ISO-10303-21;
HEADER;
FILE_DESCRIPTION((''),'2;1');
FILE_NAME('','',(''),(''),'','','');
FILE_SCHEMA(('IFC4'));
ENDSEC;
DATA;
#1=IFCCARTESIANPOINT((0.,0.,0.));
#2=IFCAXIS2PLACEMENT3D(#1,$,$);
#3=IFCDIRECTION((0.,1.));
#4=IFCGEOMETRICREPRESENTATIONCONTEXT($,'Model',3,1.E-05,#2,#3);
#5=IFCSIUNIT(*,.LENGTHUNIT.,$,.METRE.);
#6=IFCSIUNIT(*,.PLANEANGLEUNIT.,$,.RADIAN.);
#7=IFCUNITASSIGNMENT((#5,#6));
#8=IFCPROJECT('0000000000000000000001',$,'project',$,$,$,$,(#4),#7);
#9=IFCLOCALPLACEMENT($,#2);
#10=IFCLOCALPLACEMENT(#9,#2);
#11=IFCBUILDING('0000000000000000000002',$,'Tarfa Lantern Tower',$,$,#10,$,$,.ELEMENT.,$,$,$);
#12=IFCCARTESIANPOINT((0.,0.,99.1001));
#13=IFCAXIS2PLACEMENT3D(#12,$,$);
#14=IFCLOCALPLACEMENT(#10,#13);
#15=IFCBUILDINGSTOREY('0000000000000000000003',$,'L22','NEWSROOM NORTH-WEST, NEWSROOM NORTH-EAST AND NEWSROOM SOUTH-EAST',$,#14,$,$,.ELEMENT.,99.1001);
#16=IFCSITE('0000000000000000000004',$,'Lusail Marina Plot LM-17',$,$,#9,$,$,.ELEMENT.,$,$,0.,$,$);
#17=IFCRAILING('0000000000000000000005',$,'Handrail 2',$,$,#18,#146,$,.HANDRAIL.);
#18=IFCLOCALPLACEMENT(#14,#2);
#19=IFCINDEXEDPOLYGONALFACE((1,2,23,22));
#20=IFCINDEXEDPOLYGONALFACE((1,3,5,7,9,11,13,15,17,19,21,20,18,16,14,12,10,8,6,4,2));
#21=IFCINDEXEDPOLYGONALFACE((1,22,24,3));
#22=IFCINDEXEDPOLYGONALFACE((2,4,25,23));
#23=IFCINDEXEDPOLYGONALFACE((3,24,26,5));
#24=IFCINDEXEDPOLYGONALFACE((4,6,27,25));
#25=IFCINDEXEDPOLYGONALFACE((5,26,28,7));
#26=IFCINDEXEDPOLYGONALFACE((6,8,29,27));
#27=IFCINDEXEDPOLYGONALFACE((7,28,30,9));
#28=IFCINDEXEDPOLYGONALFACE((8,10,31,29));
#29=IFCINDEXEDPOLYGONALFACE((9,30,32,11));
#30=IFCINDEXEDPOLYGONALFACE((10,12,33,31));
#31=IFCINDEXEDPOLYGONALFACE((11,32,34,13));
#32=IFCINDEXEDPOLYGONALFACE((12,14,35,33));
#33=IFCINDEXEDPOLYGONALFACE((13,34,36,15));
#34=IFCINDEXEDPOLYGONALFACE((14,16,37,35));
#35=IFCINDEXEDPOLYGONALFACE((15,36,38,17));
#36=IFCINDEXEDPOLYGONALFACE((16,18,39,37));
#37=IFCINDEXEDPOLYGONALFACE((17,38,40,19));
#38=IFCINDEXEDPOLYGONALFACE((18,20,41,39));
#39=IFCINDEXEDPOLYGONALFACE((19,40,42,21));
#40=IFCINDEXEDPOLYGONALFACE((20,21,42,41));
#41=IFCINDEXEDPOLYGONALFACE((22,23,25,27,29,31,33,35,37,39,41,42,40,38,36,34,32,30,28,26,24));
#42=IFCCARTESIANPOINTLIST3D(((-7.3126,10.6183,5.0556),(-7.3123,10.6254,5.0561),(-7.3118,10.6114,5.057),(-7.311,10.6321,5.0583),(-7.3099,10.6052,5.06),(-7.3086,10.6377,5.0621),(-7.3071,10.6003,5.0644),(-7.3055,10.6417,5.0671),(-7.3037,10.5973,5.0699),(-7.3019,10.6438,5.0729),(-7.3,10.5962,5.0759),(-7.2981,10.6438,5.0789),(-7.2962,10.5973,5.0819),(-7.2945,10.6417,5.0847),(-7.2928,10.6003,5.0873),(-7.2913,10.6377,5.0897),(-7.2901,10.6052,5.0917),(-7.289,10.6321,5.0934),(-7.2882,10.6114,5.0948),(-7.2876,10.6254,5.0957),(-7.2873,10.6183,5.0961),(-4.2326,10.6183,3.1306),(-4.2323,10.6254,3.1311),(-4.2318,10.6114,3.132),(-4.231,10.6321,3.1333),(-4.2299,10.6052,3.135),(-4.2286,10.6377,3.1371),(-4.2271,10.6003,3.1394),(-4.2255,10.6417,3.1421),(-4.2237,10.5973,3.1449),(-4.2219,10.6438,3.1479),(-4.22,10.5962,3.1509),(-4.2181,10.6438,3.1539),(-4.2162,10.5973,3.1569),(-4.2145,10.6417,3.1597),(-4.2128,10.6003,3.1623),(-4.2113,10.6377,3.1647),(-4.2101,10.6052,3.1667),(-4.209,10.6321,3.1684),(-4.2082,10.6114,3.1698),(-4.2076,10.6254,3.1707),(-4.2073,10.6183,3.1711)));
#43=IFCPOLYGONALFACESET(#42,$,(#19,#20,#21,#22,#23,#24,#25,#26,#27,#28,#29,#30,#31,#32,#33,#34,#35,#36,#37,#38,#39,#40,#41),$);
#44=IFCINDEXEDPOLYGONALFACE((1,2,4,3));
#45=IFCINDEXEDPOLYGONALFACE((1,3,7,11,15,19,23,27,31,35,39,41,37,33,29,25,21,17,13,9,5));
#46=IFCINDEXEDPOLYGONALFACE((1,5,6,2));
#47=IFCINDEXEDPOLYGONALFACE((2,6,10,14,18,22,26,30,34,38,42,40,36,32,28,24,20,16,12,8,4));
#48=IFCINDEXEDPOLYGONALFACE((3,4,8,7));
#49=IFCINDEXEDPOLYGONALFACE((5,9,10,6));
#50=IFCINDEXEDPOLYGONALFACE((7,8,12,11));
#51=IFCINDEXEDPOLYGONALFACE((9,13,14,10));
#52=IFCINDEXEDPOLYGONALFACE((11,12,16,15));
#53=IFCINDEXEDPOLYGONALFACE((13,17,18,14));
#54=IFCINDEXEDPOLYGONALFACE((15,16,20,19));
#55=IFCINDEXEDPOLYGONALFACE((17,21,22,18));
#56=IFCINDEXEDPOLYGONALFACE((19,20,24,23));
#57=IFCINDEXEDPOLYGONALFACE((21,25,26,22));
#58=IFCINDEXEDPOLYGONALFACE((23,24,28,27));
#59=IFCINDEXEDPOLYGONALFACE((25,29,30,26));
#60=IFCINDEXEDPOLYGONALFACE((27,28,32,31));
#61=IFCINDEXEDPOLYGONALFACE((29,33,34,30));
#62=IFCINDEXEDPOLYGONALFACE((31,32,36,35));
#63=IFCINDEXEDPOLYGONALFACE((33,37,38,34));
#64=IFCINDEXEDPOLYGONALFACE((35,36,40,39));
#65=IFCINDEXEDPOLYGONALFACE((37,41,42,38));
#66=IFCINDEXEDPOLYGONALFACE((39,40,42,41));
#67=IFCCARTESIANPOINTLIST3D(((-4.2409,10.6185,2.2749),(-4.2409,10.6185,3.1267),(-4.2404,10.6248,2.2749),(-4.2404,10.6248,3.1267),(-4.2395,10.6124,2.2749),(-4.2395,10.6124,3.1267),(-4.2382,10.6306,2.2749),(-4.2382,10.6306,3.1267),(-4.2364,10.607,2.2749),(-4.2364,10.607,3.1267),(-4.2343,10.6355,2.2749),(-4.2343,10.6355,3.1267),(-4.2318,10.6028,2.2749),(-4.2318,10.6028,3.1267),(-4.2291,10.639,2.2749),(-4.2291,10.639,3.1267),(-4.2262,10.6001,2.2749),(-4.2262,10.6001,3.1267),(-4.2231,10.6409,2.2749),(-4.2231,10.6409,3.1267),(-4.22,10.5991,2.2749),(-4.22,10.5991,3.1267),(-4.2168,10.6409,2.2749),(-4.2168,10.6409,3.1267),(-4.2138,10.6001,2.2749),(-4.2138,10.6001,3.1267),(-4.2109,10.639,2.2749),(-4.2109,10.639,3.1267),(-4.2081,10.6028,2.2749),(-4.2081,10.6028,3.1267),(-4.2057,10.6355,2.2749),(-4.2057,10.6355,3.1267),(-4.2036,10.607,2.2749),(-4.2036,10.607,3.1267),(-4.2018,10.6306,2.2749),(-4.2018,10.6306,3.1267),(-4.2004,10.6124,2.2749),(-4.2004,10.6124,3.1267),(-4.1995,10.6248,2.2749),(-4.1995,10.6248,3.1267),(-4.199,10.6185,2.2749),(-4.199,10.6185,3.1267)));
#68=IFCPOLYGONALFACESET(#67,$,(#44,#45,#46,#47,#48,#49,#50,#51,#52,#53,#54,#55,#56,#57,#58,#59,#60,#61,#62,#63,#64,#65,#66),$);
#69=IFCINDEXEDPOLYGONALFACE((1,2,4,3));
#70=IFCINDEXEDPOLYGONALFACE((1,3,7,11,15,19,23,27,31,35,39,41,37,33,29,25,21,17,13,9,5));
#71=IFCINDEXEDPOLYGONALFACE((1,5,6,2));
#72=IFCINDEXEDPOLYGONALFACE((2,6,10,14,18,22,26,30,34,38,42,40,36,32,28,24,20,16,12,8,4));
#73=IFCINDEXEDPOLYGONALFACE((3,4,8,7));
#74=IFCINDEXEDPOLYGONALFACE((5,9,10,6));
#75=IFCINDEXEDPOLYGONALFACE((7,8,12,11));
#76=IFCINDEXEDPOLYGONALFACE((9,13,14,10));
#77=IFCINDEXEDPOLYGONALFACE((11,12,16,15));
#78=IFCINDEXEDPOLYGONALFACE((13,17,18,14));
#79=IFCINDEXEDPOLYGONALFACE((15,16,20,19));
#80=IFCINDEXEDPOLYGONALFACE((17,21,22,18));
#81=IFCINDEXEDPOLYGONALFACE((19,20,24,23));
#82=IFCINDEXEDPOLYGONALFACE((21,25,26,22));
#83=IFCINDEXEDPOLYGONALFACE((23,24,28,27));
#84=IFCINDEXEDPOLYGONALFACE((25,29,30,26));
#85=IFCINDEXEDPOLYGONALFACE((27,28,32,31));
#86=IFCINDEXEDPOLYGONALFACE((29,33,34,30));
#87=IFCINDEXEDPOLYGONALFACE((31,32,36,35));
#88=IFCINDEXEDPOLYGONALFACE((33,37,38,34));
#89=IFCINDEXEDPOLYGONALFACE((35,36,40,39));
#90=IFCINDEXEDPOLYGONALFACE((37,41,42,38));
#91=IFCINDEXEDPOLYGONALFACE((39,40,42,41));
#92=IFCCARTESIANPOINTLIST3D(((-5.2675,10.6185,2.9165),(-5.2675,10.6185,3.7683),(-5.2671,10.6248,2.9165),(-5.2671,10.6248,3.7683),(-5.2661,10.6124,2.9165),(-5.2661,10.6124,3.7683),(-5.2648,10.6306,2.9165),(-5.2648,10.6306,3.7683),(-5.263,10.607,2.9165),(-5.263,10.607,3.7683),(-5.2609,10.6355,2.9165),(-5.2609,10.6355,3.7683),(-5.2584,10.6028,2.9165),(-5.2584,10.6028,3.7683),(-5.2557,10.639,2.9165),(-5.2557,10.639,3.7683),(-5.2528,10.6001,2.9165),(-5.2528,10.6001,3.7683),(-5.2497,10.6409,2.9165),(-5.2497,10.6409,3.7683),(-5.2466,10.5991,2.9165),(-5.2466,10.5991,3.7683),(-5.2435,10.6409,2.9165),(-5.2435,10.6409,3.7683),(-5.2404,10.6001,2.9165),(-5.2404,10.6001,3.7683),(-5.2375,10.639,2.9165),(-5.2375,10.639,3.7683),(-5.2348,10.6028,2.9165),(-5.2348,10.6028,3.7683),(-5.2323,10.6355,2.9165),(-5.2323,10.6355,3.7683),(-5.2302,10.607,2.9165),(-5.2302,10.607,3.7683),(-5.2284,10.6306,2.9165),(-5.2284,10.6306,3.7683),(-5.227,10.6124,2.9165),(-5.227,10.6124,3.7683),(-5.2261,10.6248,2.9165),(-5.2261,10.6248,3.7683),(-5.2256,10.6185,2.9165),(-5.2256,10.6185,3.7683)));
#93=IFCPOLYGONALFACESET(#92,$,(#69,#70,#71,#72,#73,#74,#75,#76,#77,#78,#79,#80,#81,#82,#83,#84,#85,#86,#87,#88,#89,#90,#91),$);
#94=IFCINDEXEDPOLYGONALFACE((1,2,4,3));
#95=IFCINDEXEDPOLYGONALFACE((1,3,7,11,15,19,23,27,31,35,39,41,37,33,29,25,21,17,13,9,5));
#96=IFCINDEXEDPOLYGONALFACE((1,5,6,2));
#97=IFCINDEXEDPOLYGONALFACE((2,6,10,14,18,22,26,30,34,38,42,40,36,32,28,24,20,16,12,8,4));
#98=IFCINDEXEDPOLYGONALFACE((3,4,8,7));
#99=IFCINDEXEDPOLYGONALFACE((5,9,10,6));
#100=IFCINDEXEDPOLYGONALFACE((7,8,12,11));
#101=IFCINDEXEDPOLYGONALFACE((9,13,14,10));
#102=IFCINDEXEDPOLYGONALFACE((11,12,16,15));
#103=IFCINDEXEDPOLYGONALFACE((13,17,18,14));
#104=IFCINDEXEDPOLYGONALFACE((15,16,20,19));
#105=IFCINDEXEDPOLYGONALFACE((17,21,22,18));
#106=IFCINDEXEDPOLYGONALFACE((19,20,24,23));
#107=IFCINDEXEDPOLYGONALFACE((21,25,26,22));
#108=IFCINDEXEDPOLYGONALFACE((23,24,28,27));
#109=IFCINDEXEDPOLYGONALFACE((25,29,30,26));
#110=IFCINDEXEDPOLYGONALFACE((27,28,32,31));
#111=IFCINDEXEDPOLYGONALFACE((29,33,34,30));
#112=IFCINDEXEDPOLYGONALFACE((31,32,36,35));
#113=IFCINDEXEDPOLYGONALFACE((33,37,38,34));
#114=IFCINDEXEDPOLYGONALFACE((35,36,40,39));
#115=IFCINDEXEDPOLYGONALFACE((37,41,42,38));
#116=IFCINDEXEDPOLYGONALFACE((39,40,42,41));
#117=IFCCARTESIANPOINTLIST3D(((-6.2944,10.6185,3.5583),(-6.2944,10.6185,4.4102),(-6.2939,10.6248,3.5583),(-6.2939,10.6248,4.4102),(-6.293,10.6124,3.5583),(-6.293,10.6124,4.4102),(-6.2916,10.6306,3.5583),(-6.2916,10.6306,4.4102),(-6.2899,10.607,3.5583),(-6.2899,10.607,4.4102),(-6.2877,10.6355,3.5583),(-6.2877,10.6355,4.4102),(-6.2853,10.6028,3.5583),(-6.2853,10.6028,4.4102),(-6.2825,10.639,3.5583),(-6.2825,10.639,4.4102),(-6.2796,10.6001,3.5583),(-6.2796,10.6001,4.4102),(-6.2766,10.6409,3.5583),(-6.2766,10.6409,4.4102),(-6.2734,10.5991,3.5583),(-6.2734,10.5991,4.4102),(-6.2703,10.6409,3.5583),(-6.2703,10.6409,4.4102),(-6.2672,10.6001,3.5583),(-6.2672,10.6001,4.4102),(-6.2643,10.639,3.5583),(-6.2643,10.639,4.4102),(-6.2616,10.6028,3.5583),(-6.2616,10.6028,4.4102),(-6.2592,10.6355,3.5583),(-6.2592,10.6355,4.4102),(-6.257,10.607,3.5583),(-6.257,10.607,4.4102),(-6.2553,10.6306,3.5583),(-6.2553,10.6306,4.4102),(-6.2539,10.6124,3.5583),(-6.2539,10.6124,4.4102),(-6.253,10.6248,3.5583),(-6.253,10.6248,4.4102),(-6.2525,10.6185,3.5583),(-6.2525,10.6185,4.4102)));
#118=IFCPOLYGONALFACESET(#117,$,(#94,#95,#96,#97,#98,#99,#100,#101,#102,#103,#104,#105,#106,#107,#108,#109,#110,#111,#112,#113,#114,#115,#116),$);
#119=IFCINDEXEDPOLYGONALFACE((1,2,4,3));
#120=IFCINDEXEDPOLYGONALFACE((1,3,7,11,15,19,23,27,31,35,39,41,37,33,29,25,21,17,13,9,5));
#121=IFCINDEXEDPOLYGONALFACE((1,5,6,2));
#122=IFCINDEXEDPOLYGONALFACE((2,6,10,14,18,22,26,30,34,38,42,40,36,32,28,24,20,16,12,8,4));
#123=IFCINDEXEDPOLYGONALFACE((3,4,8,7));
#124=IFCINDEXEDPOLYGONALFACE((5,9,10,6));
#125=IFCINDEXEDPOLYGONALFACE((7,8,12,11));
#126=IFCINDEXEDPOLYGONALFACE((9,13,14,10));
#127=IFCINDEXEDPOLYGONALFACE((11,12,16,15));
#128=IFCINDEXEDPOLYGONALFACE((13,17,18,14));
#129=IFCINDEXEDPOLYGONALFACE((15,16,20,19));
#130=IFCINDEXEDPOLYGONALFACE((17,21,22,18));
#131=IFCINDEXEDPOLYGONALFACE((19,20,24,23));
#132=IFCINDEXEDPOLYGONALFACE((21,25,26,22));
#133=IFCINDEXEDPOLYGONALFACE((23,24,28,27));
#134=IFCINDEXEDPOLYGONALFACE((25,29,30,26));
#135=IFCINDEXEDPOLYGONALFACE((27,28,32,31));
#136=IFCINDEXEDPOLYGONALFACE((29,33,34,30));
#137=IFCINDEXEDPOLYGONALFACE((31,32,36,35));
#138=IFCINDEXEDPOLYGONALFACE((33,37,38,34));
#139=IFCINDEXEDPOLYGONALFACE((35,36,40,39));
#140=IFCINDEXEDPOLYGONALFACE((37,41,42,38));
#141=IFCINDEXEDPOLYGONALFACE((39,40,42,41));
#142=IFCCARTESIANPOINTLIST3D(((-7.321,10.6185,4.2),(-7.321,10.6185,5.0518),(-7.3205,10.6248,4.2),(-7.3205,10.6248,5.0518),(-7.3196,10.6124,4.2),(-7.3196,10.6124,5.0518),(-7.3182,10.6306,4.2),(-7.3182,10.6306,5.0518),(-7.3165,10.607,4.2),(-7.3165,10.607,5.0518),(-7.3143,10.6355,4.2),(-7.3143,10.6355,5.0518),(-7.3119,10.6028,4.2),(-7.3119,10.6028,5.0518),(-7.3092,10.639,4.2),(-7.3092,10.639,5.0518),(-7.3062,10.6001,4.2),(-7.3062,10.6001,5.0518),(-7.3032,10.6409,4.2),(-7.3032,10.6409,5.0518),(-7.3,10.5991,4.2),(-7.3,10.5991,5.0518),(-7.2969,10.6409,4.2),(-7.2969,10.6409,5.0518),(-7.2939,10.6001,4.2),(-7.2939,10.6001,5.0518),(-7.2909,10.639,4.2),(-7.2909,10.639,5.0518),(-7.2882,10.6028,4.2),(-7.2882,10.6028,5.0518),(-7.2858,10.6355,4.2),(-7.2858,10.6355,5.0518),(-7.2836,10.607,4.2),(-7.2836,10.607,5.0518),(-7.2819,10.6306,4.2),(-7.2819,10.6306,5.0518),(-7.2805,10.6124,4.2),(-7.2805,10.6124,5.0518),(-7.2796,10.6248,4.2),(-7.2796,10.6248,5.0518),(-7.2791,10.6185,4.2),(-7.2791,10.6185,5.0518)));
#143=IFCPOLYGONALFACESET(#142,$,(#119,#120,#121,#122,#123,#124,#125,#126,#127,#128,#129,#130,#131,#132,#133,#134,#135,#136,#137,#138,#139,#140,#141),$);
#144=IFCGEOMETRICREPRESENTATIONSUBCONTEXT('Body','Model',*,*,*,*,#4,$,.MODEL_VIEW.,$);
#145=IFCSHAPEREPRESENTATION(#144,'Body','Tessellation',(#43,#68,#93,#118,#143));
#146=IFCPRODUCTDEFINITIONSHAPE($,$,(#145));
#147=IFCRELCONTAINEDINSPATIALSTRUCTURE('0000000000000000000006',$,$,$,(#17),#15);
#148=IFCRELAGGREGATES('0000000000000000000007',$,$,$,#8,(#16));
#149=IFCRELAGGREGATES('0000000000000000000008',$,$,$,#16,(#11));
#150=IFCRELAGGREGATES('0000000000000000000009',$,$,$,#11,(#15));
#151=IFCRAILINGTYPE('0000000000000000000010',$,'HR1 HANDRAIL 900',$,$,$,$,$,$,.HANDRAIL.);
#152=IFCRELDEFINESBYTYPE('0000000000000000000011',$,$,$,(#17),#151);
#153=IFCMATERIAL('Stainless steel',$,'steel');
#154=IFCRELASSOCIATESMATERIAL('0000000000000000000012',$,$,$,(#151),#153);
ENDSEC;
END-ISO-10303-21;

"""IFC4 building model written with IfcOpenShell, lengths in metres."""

from ifc_helpers import new_model, si_unit, direction, frame, origin, origin_2d, place, context, subcontext, project, spatial, circle, extrude, material, type_object, element, save


model = new_model("IFC4")

# Units and contexts
model_context = context("Model", 3, precision=1e-05, world=origin(), true_north=direction((0.0, 1.0)))
body_context = subcontext(model_context, "Body", "Model", "MODEL_VIEW")
ifc_project = project(units=[si_unit("LENGTHUNIT", "METRE"), si_unit("PLANEANGLEUNIT", "RADIAN")], contexts=[model_context])

# Site, building, storey
site_placement = place(None, origin())
site = spatial("IfcSite", under=ifc_project, at=site_placement, Name="Lusail Marina Plot LM-17", CompositionType="ELEMENT", RefElevation=0.0)
building_placement = place(site_placement, origin())
building = spatial("IfcBuilding", under=site, at=building_placement, Name="Tarfa Lantern Tower", CompositionType="ELEMENT")
storey_placement = place(building_placement, frame((0.0, 0.0, 99.1001)))
storey = spatial("IfcBuildingStorey", under=building, at=storey_placement, Name="L22", Description="NEWSROOM NORTH-WEST, NEWSROOM NORTH-EAST AND NEWSROOM SOUTH-EAST", CompositionType="ELEMENT", Elevation=99.1001)

# Railing
ifc_material_1 = material(Name="Stainless steel", Category="steel")
railing_type = type_object("IfcRailingType", Name="HR1 HANDRAIL 900", PredefinedType="HANDRAIL", material=ifc_material_1)
railing_1_placement = place(storey_placement, frame((-4.22, 10.6201, 2.2749)))
element("IfcRailing", 1, at=railing_1_placement, inside=storey, type_object=railing_type, Name="Handrail 2", PredefinedType="HANDRAIL", context=body_context, shape_type="SweptSolid", body=[
    extrude(circle(Radius=0.0239, at=origin_2d()), frame((0.0, 0.0, 0.876), z_axis=(-0.847998, 0.0, 0.529999), x_axis=(0.0, -1.0, 0.0)), (0.0, 0.0, 1.0), 3.6321),
    extrude(circle(Radius=0.021, at=origin_2d()), frame((0.0, 0.0, 0.0), z_axis=(0.0, 0.0, 1.0), x_axis=(0.0, -1.0, 0.0)), (0.0, 0.0, 1.0), 0.8518),
    extrude(circle(Radius=0.021, at=origin_2d()), frame((-1.0266, 0.0, 0.6416), z_axis=(0.0, 0.0, 1.0), x_axis=(0.0, -1.0, 0.0)), (0.0, 0.0, 1.0), 0.8518),
    extrude(circle(Radius=0.021, at=origin_2d()), frame((-2.0535, 0.0, 1.2834), z_axis=(0.0, 0.0, 1.0), x_axis=(0.0, -1.0, 0.0)), (0.0, 0.0, 1.0), 0.8518),
    extrude(circle(Radius=0.021, at=origin_2d()), frame((-3.0801, 0.0, 1.925), z_axis=(0.0, 0.0, 1.0), x_axis=(0.0, -1.0, 0.0)), (0.0, 0.0, 1.0), 0.8518),
])

save(model, "model.ifc")
